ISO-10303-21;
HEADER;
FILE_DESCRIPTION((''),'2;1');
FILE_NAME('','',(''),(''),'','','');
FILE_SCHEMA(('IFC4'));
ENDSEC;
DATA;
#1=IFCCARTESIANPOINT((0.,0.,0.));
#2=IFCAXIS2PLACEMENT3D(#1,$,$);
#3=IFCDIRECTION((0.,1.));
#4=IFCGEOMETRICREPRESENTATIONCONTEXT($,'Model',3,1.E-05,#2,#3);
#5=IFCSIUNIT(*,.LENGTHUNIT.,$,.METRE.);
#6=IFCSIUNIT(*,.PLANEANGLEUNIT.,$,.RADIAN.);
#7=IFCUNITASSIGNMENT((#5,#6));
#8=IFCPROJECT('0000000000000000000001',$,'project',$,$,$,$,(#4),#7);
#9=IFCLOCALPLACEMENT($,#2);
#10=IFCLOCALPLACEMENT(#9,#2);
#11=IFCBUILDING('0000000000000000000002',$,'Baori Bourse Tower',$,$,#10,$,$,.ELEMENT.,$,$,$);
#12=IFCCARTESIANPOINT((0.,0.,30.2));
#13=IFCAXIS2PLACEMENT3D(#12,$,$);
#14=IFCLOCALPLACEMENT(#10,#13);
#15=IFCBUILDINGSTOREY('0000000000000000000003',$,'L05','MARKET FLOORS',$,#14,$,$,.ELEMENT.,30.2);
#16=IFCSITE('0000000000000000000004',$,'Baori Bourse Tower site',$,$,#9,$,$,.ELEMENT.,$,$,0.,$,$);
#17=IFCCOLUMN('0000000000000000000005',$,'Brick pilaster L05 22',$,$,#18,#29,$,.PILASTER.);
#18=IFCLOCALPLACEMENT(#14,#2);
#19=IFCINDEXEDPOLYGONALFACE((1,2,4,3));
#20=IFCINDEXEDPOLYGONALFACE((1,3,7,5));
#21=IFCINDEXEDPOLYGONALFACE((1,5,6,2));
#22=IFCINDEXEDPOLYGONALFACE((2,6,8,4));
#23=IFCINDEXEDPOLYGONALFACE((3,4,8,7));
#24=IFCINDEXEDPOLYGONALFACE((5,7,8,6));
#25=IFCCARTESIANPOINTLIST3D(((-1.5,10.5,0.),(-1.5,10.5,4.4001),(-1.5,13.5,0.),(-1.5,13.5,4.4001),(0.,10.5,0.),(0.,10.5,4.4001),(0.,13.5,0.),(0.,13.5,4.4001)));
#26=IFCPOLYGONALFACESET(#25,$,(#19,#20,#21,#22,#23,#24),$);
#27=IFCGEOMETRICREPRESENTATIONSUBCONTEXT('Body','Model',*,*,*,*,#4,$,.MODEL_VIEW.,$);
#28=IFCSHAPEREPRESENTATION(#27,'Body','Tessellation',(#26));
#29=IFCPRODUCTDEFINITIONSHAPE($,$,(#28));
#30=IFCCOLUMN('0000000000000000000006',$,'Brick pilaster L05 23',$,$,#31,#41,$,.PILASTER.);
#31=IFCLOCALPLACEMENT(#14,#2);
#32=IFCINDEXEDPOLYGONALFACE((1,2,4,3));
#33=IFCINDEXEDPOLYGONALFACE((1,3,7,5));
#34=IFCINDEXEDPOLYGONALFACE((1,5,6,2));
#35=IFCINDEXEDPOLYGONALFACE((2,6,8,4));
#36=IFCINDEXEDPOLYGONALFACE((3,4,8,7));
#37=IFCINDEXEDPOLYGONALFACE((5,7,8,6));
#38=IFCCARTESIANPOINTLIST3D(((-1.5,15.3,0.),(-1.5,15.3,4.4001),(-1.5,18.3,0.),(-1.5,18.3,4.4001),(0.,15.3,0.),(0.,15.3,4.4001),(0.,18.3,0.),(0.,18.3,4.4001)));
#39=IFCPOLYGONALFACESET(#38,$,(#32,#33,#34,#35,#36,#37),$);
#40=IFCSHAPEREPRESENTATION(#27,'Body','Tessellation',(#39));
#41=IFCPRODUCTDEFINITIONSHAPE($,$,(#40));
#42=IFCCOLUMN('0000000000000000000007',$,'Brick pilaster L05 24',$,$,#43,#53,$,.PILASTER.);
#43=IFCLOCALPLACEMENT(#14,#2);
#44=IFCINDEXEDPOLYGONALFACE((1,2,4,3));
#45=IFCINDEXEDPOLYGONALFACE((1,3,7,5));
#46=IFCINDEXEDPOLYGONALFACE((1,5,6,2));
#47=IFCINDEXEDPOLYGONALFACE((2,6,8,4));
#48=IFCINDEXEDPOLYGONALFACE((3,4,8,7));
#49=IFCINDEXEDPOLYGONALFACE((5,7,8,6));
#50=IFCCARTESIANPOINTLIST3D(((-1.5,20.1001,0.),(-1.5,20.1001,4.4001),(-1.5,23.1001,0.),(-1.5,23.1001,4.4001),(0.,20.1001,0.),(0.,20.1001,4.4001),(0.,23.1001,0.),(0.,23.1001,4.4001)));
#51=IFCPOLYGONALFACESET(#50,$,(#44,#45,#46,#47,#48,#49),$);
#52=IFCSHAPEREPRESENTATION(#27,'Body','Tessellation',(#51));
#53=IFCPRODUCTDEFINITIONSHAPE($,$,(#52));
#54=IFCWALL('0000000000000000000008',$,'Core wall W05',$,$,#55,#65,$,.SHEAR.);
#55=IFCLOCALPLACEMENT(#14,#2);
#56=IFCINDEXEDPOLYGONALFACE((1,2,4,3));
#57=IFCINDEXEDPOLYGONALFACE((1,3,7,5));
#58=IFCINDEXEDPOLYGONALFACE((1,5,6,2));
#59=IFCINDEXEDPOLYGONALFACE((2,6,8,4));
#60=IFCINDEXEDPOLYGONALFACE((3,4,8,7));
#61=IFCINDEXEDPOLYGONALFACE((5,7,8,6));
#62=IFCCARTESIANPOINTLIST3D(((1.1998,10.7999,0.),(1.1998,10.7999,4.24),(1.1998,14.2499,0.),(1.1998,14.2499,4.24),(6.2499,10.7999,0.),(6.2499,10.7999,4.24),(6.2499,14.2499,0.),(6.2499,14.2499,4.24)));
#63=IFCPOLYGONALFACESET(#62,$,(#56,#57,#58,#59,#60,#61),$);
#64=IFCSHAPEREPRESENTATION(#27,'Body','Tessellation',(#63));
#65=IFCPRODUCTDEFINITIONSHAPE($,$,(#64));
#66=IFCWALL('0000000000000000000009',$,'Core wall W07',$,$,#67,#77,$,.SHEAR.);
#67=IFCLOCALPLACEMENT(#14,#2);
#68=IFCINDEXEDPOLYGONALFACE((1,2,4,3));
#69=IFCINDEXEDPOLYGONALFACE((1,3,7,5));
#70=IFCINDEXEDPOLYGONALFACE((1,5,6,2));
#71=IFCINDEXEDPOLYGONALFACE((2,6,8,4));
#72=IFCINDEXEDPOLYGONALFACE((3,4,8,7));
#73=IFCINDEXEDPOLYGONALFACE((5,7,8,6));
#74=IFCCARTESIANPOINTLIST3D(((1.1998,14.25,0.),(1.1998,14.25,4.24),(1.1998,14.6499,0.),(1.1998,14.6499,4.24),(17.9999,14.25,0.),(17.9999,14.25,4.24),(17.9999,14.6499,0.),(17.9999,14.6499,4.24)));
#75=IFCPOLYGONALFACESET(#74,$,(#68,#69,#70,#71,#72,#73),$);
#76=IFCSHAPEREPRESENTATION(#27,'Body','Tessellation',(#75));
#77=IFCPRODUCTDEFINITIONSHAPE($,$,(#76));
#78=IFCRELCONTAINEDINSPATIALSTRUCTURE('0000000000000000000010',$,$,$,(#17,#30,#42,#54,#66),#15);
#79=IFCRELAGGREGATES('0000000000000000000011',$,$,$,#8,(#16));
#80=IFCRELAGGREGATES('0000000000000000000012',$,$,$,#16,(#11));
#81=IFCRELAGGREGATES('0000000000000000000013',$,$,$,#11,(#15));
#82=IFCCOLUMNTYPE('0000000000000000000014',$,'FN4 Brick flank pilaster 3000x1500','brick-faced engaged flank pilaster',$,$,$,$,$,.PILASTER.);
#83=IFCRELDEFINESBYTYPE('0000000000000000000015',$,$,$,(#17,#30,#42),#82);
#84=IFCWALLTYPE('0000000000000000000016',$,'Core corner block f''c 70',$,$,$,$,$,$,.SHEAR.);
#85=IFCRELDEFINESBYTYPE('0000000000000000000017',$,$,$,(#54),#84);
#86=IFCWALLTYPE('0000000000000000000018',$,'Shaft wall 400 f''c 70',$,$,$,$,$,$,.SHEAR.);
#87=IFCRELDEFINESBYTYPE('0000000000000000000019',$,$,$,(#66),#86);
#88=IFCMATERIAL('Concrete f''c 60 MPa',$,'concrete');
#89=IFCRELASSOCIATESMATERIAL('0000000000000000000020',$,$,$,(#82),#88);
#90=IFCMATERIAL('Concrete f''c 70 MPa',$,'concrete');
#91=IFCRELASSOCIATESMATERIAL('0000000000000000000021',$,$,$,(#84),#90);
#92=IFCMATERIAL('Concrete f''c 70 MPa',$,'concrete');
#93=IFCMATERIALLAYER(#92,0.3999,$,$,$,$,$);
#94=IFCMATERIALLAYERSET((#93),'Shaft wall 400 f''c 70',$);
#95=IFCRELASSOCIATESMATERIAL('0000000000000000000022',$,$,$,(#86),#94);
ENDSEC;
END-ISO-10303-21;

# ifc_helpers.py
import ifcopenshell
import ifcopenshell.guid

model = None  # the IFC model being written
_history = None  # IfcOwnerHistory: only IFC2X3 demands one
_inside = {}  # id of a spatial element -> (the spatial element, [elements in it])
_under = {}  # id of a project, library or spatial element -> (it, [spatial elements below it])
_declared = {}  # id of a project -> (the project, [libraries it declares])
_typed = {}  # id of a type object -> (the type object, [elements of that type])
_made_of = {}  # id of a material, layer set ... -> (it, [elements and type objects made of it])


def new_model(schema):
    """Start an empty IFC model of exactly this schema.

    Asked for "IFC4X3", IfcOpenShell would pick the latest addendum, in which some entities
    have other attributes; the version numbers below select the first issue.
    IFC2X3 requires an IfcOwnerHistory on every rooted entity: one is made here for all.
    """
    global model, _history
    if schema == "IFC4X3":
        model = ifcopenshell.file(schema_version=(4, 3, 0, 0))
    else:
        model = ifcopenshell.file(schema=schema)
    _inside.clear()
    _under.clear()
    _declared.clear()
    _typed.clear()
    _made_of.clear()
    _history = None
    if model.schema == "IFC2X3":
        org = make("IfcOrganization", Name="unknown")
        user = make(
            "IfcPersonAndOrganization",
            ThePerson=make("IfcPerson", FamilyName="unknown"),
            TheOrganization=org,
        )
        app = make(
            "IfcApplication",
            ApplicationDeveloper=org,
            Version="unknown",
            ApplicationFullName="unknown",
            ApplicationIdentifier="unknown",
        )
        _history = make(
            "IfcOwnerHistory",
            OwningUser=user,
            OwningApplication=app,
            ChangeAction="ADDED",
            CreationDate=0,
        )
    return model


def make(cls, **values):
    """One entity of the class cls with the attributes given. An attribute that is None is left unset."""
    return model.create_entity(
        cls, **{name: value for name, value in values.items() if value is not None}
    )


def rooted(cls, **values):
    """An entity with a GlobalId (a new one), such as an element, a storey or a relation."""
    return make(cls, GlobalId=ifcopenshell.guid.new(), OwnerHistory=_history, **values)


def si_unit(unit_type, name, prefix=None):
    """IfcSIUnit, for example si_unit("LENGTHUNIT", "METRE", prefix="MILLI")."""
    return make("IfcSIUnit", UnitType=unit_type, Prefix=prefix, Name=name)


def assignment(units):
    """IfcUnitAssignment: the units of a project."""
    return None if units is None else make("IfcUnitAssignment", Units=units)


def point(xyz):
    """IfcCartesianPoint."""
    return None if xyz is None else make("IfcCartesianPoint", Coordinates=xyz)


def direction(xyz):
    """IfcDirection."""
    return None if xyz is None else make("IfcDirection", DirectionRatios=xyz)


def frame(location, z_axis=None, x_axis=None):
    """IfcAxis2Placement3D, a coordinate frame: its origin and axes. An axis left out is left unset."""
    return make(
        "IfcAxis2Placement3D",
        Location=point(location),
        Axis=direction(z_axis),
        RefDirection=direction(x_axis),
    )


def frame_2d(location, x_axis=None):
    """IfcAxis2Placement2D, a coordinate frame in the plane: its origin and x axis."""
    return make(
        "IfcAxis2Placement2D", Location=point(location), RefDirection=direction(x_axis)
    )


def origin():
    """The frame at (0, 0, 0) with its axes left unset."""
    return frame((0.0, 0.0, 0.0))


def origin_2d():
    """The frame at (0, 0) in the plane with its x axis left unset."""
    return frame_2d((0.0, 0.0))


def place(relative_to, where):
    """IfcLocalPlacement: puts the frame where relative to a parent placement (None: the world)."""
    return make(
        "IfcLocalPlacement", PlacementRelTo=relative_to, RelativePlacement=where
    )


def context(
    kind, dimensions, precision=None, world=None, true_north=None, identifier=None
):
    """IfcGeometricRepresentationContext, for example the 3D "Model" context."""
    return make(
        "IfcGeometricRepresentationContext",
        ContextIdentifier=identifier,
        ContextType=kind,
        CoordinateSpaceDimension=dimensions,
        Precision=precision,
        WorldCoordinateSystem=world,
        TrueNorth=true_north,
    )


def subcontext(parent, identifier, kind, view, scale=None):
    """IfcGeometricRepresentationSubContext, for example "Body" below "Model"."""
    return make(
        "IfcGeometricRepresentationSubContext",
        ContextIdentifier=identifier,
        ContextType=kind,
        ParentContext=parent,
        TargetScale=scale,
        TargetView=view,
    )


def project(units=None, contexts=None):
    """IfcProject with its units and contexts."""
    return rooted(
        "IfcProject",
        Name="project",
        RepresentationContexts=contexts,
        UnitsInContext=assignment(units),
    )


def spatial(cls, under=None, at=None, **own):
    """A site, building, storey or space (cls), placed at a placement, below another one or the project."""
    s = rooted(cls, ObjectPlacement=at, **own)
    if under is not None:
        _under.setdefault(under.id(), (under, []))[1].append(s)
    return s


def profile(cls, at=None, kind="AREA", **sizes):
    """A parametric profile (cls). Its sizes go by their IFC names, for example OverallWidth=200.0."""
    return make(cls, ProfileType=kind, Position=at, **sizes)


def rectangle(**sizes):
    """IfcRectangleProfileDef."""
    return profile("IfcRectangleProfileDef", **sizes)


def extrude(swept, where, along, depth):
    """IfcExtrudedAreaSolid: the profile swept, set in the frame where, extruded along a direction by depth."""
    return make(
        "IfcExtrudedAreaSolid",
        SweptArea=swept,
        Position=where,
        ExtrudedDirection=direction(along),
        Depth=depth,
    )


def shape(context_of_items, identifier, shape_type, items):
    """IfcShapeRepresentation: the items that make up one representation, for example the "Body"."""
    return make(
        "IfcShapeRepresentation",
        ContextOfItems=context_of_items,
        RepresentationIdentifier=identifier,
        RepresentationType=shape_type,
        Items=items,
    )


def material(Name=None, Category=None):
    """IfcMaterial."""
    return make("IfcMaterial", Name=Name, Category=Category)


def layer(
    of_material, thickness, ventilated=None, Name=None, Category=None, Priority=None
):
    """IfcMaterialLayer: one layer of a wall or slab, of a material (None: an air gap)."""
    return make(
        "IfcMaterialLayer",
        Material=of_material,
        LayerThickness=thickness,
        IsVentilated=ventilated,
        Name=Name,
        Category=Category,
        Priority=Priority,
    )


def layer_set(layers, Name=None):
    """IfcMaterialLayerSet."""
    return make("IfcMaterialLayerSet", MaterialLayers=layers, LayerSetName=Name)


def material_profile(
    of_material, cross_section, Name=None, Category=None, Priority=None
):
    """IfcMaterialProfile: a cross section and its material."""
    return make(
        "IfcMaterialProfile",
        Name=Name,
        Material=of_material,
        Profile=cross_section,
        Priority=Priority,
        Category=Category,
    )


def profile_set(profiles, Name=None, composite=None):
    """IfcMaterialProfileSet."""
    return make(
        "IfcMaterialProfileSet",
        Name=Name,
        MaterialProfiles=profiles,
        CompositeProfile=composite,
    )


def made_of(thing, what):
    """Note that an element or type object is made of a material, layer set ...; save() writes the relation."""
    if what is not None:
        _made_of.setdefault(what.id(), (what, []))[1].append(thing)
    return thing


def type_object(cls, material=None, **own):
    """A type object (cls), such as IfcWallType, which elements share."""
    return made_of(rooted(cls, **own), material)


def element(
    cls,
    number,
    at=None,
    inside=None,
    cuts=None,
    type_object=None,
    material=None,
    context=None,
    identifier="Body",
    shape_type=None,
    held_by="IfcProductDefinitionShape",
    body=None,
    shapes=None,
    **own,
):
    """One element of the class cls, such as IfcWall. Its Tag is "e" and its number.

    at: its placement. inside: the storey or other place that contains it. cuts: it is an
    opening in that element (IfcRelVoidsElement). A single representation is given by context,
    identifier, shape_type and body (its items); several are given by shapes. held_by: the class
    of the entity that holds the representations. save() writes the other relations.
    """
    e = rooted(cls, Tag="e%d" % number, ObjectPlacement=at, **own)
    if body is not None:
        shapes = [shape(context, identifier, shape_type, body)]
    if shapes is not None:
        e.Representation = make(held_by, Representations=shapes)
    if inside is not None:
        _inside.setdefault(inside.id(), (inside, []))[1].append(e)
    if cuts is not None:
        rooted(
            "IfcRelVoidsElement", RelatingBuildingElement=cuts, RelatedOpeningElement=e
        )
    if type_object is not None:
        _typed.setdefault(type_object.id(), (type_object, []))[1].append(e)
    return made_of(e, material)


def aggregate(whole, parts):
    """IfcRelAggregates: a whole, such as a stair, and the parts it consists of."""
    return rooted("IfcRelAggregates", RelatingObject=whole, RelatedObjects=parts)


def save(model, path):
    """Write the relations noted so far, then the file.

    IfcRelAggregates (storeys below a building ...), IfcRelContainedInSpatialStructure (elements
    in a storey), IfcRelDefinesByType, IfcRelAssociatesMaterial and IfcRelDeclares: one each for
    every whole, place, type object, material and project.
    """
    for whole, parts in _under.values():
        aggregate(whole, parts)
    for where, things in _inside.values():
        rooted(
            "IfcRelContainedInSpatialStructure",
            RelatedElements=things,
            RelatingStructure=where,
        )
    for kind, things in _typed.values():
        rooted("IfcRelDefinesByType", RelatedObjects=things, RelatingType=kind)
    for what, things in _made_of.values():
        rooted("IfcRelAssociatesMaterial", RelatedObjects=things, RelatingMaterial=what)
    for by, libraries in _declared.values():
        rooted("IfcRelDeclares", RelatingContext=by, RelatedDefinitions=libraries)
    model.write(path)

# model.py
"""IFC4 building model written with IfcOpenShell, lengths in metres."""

from ifc_helpers import new_model, si_unit, direction, frame, frame_2d, origin, origin_2d, place, context, subcontext, project, spatial, rectangle, extrude, material, layer, layer_set, material_profile, profile_set, type_object, element, save


model = new_model("IFC4")

# Units and contexts
model_context = context("Model", 3, precision=1e-05, world=origin(), true_north=direction((0.0, 1.0)))
body_context = subcontext(model_context, "Body", "Model", "MODEL_VIEW")
ifc_project = project(units=[si_unit("LENGTHUNIT", "METRE"), si_unit("PLANEANGLEUNIT", "RADIAN")], contexts=[model_context])

# Site, building, storey
site_placement = place(None, origin())
site = spatial("IfcSite", under=ifc_project, at=site_placement, Name="Baori Bourse Tower site", CompositionType="ELEMENT", RefElevation=0.0)
building_placement = place(site_placement, origin())
building = spatial("IfcBuilding", under=site, at=building_placement, Name="Baori Bourse Tower", CompositionType="ELEMENT")
storey_placement = place(building_placement, frame((0.0, 0.0, 30.2)))
storey = spatial("IfcBuildingStorey", under=building, at=storey_placement, Name="L05", Description="MARKET FLOORS", CompositionType="ELEMENT", Elevation=30.2)

# Columns
ifc_material_1 = material(Name="Concrete f'c 60 MPa", Category="concrete")
ifc_material_profile = material_profile(ifc_material_1, rectangle(XDim=3.0, YDim=1.5, at=origin_2d()), Name="RC 3000x1500")
ifc_profile_set = profile_set([ifc_material_profile], Name="Concrete f'c 60 MPa")
column_type = type_object("IfcColumnType", Name="FN4 Brick flank pilaster 3000x1500", Description="brick-faced engaged flank pilaster", PredefinedType="PILASTER", material=ifc_profile_set)
for number, where, z_axis, x_axis, name in (
    (1, (-0.75, 12.0, 0.0), (0.0, 0.0, 1.0), (0.0, 1.0, 0.0), "Brick pilaster L05 22"),
    (2, (-0.75, 16.8, 0.0), (0.0, 0.0, 1.0), (0.0, 1.0, 0.0), "Brick pilaster L05 23"),
    (3, (-0.75, 21.6001, 0.0), (0.0, 0.0, 1.0), (0.0, 1.0, 0.0), "Brick pilaster L05 24"),
):
    element("IfcColumn", number, at=place(storey_placement, frame(where, z_axis=z_axis, x_axis=x_axis)), inside=storey, type_object=column_type, Name=name, PredefinedType="PILASTER", context=body_context, shape_type="SweptSolid", body=[
        extrude(rectangle(XDim=3.0, YDim=1.5, at=origin_2d()), origin(), (0.0, 0.0, 1.0), 4.4001),
    ])

# Walls
ifc_material_2 = material(Name="Concrete f'c 70 MPa", Category="concrete")
wall_type_1 = type_object("IfcWallType", Name="Core corner block f'c 70", PredefinedType="SHEAR", material=ifc_material_2)
wall_1_placement = place(storey_placement, frame((1.2, 12.5249, 0.0), z_axis=(0.0, 0.0, 1.0), x_axis=(1.0, 0.0, 0.0)))
element("IfcWall", 4, at=wall_1_placement, inside=storey, type_object=wall_type_1, Name="Core wall W05", PredefinedType="SHEAR", context=body_context, shape_type="SweptSolid", body=[
    extrude(rectangle(XDim=5.05, YDim=3.45, at=frame_2d((2.5249, 0.0))), origin(), (0.0, 0.0, 1.0), 4.24),
])
ifc_material_3 = material(Name="Concrete f'c 70 MPa", Category="concrete")
ifc_layer_1 = layer(ifc_material_3, 0.3999)
ifc_layer_set_1 = layer_set([ifc_layer_1], Name="Shaft wall 400 f'c 70")
wall_type_2 = type_object("IfcWallType", Name="Shaft wall 400 f'c 70", PredefinedType="SHEAR", material=ifc_layer_set_1)
wall_2_placement = place(storey_placement, frame((1.2, 14.45, 0.0), z_axis=(0.0, 0.0, 1.0), x_axis=(1.0, 0.0, 0.0)))
element("IfcWall", 5, at=wall_2_placement, inside=storey, type_object=wall_type_2, Name="Core wall W07", PredefinedType="SHEAR", context=body_context, shape_type="SweptSolid", body=[
    extrude(rectangle(XDim=16.8, YDim=0.3999, at=frame_2d((8.3999, 0.0))), origin(), (0.0, 0.0, 1.0), 4.24),
])

save(model, "model.ifc")
